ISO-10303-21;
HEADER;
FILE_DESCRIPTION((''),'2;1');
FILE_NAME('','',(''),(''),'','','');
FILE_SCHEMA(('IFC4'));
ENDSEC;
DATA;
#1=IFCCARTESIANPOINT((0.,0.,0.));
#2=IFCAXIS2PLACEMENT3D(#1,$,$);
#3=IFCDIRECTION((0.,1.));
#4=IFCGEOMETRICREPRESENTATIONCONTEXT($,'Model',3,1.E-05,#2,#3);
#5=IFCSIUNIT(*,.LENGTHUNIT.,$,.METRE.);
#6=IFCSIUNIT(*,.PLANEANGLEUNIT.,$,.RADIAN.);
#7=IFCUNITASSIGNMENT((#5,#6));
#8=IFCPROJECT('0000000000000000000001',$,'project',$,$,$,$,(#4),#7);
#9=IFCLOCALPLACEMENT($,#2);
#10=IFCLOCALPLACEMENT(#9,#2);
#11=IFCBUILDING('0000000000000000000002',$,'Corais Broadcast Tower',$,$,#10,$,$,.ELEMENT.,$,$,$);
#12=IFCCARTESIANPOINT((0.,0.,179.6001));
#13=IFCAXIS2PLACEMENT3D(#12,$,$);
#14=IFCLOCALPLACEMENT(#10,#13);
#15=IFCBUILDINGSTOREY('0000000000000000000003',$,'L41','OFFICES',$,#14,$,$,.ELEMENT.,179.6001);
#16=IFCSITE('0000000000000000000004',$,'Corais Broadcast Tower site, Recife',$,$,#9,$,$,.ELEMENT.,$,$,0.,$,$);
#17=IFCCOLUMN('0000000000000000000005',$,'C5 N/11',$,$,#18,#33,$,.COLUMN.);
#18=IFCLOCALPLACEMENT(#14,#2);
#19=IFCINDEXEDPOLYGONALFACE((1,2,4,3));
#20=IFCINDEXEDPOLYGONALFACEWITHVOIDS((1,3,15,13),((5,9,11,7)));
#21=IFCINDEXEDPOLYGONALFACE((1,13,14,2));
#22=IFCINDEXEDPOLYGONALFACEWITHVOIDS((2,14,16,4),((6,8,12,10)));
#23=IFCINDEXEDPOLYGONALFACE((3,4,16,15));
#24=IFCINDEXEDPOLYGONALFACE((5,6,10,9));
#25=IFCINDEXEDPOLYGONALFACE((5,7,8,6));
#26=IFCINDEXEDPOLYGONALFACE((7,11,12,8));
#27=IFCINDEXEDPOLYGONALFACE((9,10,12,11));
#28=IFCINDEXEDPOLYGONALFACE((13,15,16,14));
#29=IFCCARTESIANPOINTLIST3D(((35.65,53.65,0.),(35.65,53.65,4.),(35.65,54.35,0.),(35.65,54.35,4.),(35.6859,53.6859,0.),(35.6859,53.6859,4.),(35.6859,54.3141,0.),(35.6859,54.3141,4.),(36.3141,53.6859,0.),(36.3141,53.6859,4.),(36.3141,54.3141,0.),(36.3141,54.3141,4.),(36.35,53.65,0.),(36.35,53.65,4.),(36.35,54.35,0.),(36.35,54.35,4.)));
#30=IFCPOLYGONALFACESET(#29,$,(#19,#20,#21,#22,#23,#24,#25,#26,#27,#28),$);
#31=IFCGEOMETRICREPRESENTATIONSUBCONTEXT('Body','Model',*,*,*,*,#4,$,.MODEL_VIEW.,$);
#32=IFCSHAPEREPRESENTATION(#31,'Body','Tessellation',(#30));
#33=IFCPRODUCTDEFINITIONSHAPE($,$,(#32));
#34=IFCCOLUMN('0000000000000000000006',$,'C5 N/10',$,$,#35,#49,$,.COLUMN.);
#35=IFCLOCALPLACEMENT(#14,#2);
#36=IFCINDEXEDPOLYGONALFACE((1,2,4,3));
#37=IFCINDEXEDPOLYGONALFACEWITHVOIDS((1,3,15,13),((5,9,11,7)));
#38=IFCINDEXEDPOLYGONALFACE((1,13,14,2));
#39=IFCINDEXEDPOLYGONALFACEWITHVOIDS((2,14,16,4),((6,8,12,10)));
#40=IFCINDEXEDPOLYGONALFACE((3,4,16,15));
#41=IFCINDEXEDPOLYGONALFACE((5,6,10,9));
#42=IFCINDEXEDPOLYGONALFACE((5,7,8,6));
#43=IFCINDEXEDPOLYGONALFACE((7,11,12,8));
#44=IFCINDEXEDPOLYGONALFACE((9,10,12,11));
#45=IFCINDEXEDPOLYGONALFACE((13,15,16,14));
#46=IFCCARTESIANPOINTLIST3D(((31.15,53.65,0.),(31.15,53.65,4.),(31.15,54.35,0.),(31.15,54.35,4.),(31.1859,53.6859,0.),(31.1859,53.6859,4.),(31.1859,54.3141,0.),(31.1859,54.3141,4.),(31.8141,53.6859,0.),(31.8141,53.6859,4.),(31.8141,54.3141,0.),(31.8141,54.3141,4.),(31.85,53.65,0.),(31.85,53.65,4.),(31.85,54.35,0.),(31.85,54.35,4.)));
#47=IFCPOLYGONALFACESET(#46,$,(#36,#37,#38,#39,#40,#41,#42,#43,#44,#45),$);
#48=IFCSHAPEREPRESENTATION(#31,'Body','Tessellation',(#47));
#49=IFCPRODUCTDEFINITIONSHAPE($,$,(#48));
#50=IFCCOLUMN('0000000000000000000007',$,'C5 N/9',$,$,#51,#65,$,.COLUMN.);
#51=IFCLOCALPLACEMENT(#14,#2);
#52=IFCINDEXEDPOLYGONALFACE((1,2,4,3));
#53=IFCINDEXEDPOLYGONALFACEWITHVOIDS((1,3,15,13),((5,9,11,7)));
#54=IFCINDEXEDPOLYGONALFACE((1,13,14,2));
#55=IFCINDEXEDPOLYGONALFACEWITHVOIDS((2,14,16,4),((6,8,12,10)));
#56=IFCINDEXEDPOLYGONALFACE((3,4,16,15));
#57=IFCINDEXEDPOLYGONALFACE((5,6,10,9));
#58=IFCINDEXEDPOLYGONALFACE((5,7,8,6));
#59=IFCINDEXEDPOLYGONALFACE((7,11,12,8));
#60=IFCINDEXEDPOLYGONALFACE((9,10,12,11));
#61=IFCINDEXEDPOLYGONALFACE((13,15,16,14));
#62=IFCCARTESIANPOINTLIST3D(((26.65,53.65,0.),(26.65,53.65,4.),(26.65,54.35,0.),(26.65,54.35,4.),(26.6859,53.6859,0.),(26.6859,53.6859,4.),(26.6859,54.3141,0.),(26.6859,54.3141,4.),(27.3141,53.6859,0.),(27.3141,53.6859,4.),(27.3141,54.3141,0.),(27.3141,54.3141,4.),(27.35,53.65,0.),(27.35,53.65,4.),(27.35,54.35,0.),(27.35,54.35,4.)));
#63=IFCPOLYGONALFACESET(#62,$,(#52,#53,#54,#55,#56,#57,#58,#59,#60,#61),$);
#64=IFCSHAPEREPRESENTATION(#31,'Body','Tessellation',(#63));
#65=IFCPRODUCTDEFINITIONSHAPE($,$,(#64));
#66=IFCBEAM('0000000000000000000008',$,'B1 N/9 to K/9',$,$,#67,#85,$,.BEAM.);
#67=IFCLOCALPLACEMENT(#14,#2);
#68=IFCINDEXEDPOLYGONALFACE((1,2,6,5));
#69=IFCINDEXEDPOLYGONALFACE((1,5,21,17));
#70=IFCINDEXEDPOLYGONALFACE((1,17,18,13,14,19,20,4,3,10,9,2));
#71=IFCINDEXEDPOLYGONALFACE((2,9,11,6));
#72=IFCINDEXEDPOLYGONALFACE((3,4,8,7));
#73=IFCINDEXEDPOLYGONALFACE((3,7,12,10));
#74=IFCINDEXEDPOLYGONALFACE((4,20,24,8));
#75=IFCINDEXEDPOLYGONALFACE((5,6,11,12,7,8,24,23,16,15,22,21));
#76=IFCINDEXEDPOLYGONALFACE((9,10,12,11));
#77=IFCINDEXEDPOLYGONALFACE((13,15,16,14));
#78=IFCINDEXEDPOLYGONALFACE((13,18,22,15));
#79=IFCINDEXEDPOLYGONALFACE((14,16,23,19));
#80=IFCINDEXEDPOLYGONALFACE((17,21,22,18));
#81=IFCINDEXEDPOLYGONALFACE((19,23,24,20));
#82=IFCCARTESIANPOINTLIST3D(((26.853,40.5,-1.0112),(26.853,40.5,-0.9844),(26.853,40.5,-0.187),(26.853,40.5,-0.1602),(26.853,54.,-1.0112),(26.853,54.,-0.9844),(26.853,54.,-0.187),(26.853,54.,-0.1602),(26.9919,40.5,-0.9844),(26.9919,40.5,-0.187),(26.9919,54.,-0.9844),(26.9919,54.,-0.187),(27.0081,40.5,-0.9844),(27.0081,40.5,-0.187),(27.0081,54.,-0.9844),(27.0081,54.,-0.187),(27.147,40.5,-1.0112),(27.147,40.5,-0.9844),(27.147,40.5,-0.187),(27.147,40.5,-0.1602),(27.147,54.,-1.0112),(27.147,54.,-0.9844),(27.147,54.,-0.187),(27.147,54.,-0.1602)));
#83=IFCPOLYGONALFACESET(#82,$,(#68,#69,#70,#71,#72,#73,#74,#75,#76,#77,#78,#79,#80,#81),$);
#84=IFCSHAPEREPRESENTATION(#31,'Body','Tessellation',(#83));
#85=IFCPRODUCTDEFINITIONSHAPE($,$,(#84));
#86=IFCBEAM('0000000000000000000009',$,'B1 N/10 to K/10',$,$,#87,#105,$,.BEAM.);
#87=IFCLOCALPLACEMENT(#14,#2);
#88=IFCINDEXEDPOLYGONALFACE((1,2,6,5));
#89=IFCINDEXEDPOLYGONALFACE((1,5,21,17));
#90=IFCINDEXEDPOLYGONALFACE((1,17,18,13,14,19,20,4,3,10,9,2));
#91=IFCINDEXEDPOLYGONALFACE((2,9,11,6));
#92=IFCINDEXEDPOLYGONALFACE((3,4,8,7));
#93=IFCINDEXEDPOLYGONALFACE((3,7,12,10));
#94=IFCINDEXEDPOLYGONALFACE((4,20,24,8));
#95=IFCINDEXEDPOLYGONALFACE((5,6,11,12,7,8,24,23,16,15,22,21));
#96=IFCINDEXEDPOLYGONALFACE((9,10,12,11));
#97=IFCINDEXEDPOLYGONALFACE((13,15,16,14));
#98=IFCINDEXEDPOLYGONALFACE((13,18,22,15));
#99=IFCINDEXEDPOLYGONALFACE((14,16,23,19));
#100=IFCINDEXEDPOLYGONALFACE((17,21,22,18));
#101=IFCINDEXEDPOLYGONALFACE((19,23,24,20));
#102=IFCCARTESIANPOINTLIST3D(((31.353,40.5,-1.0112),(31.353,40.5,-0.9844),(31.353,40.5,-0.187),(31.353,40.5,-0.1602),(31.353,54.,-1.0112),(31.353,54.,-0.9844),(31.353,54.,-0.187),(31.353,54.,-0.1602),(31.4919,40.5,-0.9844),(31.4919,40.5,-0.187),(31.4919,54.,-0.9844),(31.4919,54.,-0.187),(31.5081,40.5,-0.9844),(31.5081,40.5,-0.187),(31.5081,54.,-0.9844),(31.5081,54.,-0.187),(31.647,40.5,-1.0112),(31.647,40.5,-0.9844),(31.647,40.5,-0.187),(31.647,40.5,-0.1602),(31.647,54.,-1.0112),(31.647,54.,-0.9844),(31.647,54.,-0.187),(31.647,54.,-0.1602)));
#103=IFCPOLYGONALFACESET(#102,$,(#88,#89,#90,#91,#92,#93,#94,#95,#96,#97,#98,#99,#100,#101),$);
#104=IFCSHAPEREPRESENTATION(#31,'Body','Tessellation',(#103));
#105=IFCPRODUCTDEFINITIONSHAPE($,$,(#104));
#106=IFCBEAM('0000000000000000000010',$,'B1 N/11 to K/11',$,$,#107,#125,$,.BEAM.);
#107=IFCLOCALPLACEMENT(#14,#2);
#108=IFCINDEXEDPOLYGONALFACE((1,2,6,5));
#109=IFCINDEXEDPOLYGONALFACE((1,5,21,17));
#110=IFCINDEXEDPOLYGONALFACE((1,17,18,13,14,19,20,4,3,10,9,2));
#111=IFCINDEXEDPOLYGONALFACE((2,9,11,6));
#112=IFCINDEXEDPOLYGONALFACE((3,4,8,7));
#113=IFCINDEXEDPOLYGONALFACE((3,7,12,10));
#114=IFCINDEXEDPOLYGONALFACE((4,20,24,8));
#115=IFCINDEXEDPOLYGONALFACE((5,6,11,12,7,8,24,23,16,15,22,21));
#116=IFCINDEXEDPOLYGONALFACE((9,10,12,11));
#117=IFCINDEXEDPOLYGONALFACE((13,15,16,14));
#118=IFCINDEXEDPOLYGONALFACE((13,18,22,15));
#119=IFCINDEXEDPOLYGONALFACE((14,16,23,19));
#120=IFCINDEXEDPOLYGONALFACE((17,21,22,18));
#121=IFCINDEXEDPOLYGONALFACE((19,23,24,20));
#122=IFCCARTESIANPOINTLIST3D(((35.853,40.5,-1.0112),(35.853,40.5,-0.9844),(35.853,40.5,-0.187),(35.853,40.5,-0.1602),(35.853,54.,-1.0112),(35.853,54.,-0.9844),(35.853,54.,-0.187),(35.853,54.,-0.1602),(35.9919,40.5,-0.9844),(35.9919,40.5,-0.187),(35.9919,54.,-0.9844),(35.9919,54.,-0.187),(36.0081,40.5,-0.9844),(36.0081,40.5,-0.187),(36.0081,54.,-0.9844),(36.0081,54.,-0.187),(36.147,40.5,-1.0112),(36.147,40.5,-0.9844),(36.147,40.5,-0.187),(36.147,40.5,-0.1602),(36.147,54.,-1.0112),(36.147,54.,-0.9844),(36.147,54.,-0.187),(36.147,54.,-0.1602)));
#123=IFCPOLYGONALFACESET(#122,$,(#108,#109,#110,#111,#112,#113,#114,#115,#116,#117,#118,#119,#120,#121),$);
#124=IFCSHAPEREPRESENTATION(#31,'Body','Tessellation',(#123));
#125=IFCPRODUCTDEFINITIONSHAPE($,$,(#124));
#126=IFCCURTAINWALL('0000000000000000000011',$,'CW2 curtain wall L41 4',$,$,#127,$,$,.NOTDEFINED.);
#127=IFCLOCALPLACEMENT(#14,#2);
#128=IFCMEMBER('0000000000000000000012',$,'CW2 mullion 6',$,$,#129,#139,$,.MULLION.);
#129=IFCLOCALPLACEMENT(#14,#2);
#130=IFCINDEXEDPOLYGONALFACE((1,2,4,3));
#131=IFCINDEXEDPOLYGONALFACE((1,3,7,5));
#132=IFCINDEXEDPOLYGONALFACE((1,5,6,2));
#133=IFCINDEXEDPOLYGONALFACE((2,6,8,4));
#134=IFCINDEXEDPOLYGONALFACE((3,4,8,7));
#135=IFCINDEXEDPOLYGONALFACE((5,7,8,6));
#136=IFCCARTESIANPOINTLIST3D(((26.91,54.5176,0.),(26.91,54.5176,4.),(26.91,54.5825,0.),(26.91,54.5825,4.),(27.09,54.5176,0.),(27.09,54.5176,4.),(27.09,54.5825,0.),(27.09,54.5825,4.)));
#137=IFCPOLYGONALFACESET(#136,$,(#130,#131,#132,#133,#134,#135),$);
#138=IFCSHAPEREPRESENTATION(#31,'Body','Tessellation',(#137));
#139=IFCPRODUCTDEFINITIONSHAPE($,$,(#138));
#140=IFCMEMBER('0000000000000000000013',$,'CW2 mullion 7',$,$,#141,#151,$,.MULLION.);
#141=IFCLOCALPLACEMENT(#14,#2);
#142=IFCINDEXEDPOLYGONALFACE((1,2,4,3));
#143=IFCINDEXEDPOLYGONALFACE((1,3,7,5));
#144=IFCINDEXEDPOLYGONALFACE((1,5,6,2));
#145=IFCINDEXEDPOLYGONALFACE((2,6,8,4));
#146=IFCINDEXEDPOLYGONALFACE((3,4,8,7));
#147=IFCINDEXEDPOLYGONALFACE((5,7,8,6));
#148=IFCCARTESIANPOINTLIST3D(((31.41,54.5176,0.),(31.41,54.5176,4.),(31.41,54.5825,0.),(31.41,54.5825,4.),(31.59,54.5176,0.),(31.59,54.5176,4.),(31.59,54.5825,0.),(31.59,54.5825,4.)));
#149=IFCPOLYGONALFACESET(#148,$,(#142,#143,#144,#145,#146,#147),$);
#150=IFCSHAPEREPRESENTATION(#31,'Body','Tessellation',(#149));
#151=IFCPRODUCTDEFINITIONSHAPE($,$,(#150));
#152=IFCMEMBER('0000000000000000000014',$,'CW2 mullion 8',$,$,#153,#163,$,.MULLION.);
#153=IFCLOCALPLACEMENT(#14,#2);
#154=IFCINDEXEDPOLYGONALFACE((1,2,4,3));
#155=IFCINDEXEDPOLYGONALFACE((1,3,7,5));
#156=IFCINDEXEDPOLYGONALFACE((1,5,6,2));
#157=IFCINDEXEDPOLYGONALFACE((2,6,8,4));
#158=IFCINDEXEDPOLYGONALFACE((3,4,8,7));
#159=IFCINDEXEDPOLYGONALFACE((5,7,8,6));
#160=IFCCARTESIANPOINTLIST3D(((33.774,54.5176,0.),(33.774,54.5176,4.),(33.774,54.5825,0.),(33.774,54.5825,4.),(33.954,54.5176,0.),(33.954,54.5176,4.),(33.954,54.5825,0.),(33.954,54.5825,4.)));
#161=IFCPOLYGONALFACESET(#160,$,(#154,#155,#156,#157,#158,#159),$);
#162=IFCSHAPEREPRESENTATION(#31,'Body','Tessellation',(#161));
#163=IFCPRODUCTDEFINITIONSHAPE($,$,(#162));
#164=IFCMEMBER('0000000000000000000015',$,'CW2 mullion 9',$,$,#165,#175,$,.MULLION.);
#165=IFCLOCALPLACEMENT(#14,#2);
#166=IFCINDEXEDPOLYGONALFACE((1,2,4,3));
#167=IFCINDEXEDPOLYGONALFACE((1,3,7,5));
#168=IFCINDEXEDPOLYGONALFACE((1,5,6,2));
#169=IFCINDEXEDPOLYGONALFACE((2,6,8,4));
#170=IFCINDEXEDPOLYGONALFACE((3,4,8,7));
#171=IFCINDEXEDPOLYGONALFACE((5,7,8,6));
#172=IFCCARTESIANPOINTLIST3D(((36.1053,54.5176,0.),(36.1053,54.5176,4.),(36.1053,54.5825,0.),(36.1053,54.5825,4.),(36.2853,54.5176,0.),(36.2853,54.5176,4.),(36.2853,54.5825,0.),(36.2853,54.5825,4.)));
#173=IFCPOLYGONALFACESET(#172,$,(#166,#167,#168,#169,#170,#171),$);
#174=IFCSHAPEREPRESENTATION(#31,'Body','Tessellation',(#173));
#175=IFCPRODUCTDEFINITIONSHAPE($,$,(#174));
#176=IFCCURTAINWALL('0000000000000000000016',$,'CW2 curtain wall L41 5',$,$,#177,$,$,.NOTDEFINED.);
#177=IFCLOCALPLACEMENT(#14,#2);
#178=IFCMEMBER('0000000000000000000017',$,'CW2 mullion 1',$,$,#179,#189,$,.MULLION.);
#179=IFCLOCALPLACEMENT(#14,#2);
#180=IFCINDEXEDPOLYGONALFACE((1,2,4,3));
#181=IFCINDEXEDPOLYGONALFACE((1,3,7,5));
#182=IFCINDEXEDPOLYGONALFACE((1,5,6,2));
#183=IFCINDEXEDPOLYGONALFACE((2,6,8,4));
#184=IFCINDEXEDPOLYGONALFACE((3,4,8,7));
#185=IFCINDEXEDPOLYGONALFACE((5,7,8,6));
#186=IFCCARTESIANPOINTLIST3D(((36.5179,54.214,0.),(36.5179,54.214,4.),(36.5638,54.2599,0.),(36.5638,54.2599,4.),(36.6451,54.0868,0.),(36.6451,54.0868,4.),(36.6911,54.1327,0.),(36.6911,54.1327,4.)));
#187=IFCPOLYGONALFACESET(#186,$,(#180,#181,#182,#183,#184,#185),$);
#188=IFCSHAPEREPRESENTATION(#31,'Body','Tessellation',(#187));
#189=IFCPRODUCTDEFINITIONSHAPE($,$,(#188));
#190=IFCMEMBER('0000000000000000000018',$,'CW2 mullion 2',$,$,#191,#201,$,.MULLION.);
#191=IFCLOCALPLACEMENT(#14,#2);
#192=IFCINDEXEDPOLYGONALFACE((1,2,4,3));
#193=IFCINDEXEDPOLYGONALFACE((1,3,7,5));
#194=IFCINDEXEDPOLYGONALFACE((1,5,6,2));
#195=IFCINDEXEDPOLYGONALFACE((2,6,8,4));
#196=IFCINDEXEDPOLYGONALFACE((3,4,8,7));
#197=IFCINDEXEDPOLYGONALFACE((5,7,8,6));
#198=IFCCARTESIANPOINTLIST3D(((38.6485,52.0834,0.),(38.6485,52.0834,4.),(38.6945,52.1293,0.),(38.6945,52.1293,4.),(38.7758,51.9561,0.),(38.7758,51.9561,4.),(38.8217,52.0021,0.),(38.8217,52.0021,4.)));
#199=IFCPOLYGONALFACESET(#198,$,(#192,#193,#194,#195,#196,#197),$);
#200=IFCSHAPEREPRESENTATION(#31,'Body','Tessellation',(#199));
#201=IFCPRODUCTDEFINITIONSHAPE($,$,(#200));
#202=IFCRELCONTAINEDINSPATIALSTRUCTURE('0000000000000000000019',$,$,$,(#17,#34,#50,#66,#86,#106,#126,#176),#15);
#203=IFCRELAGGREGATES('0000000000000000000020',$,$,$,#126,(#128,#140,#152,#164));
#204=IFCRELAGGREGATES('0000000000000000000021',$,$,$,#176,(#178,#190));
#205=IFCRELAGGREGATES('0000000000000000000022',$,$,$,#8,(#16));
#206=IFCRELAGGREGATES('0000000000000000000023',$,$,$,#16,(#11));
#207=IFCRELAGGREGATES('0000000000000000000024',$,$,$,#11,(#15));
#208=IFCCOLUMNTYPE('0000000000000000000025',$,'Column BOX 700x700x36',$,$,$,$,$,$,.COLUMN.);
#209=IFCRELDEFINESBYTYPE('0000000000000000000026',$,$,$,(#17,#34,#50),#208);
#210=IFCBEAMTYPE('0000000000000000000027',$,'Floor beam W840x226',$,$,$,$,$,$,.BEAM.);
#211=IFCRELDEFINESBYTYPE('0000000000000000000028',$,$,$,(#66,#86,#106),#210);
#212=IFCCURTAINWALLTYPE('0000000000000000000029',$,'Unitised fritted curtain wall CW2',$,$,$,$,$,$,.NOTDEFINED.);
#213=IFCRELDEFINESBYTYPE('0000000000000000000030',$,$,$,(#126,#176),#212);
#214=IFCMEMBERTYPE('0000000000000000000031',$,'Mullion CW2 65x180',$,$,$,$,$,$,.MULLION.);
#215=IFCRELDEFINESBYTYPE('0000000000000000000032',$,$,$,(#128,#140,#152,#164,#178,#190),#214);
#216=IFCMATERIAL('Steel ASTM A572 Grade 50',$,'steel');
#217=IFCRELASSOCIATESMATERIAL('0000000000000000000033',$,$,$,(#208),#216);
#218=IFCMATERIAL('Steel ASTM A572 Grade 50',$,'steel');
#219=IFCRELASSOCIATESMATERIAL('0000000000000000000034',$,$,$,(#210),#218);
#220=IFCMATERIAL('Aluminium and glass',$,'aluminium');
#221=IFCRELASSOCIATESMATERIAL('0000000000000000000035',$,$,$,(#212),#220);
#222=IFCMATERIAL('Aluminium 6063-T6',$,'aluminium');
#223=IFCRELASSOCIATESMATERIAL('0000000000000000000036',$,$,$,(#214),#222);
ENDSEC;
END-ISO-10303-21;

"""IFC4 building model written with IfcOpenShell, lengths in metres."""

from ifc_helpers import new_model, si_unit, direction, frame, origin, origin_2d, place, context, subcontext, project, spatial, rectangle, hollow_rectangle, i_section, extrude, material, material_profile, profile_set, type_object, element, aggregate, save


model = new_model("IFC4")

# Units and contexts
model_context = context("Model", 3, precision=1e-05, world=origin(), true_north=direction((0.0, 1.0)))
body_context = subcontext(model_context, "Body", "Model", "MODEL_VIEW")
ifc_project = project(units=[si_unit("LENGTHUNIT", "METRE"), si_unit("PLANEANGLEUNIT", "RADIAN")], contexts=[model_context])

# Site, building, storey
site_placement = place(None, origin())
site = spatial("IfcSite", under=ifc_project, at=site_placement, Name="Corais Broadcast Tower site, Recife", CompositionType="ELEMENT", RefElevation=0.0)
building_placement = place(site_placement, origin())
building = spatial("IfcBuilding", under=site, at=building_placement, Name="Corais Broadcast Tower", CompositionType="ELEMENT")
storey_placement = place(building_placement, frame((0.0, 0.0, 179.6001)))
storey = spatial("IfcBuildingStorey", under=building, at=storey_placement, Name="L41", Description="OFFICES", CompositionType="ELEMENT", Elevation=179.6001)

# Columns
ifc_material_1 = material(Name="Steel ASTM A572 Grade 50", Category="steel")
ifc_material_profile_1 = material_profile(ifc_material_1, hollow_rectangle(XDim=0.7, YDim=0.7, WallThickness=0.0359, at=origin_2d()), Name="BOX 700x700x36")
ifc_profile_set_1 = profile_set([ifc_material_profile_1], Name="Steel ASTM A572 Grade 50")
column_type = type_object("IfcColumnType", Name="Column BOX 700x700x36", PredefinedType="COLUMN", material=ifc_profile_set_1)
for number, where, z_axis, x_axis, name in (
    (1, (36.0, 54.0, 0.0), (0.0, 0.0, 1.0), (1.0, 0.0, 0.0), "C5 N/11"),
    (2, (31.5, 54.0, 0.0), (0.0, 0.0, 1.0), (1.0, 0.0, 0.0), "C5 N/10"),
    (3, (27.0, 54.0, 0.0), (0.0, 0.0, 1.0), (1.0, 0.0, 0.0), "C5 N/9"),
):
    element("IfcColumn", number, at=place(storey_placement, frame(where, z_axis=z_axis, x_axis=x_axis)), inside=storey, type_object=column_type, Name=name, PredefinedType="COLUMN", context=body_context, shape_type="SweptSolid", body=[
        extrude(hollow_rectangle(XDim=0.7, YDim=0.7, WallThickness=0.0359, at=origin_2d()), origin(), (0.0, 0.0, 1.0), 4.0),
    ])

# Beams
ifc_material_2 = material(Name="Steel ASTM A572 Grade 50", Category="steel")
ifc_material_profile_2 = material_profile(ifc_material_2, i_section(OverallWidth=0.2939, OverallDepth=0.8511, WebThickness=0.0161, FlangeThickness=0.0269, at=origin_2d()), Name="W840x226")
ifc_profile_set_2 = profile_set([ifc_material_profile_2], Name="Steel ASTM A572 Grade 50")
beam_type_1 = type_object("IfcBeamType", Name="Floor beam W840x226", PredefinedType="BEAM", material=ifc_profile_set_2)
for number, where, z_axis, x_axis, name in (
    (4, (27.0, 54.0, -0.5857), (0.0, -1.0, 0.0), (1.0, 0.0, 0.0), "B1 N/9 to K/9"),
    (5, (31.5, 54.0, -0.5857), (0.0, -1.0, 0.0), (1.0, 0.0, 0.0), "B1 N/10 to K/10"),
    (6, (36.0, 54.0, -0.5857), (0.0, -1.0, 0.0), (1.0, 0.0, 0.0), "B1 N/11 to K/11"),
):
    element("IfcBeam", number, at=place(storey_placement, frame(where, z_axis=z_axis, x_axis=x_axis)), inside=storey, type_object=beam_type_1, Name=name, PredefinedType="BEAM", context=body_context, shape_type="SweptSolid", body=[
        extrude(i_section(OverallWidth=0.2939, OverallDepth=0.8511, WebThickness=0.0161, FlangeThickness=0.0269, at=origin_2d()), origin(), (0.0, 0.0, 1.0), 13.5),
    ])

# Curtain walls, members
ifc_material_3 = material(Name="Aluminium and glass", Category="aluminium")
curtain_wall_type = type_object("IfcCurtainWallType", Name="Unitised fritted curtain wall CW2", PredefinedType="NOTDEFINED", material=ifc_material_3)
curtain_wall_1_placement = place(storey_placement, origin())
curtain_wall_1 = element("IfcCurtainWall", 7, at=curtain_wall_1_placement, inside=storey, type_object=curtain_wall_type, Name="CW2 curtain wall L41 4", PredefinedType="NOTDEFINED")
ifc_material_4 = material(Name="Aluminium 6063-T6", Category="aluminium")
ifc_material_profile_3 = material_profile(ifc_material_4, rectangle(XDim=0.0649, YDim=0.1799, at=origin_2d()), Name="Mullion CW2 65x180")
ifc_profile_set_3 = profile_set([ifc_material_profile_3], Name="Aluminium 6063-T6")
member_type_1 = type_object("IfcMemberType", Name="Mullion CW2 65x180", PredefinedType="MULLION", material=ifc_profile_set_3)
member_1_placement = place(storey_placement, frame((27.0, 54.55, 0.0), z_axis=(0.0, 0.0, 1.0), x_axis=(0.0, 1.0, 0.0)))
member_1 = element("IfcMember", 8, at=member_1_placement, type_object=member_type_1, Name="CW2 mullion 6", PredefinedType="MULLION", context=body_context, shape_type="SweptSolid", body=[
    extrude(rectangle(XDim=0.0649, YDim=0.1799, at=origin_2d()), origin(), (0.0, 0.0, 1.0), 4.0),
])
member_2_placement = place(storey_placement, frame((31.5, 54.55, 0.0), z_axis=(0.0, 0.0, 1.0), x_axis=(0.0, 1.0, 0.0)))
member_2 = element("IfcMember", 9, at=member_2_placement, type_object=member_type_1, Name="CW2 mullion 7", PredefinedType="MULLION", context=body_context, shape_type="SweptSolid", body=[
    extrude(rectangle(XDim=0.0649, YDim=0.1799, at=origin_2d()), origin(), (0.0, 0.0, 1.0), 4.0),
])
member_3_placement = place(storey_placement, frame((33.864, 54.55, 0.0), z_axis=(0.0, 0.0, 1.0), x_axis=(0.0, 1.0, 0.0)))
member_3 = element("IfcMember", 10, at=member_3_placement, type_object=member_type_1, Name="CW2 mullion 8", PredefinedType="MULLION", context=body_context, shape_type="SweptSolid", body=[
    extrude(rectangle(XDim=0.0649, YDim=0.1799, at=origin_2d()), origin(), (0.0, 0.0, 1.0), 4.0),
])
member_4_placement = place(storey_placement, frame((36.1953, 54.55, 0.0), z_axis=(0.0, 0.0, 1.0), x_axis=(0.0, 1.0, 0.0)))
member_4 = element("IfcMember", 11, at=member_4_placement, type_object=member_type_1, Name="CW2 mullion 9", PredefinedType="MULLION", context=body_context, shape_type="SweptSolid", body=[
    extrude(rectangle(XDim=0.0649, YDim=0.1799, at=origin_2d()), origin(), (0.0, 0.0, 1.0), 4.0),
])
curtain_wall_2_placement = place(storey_placement, origin())
curtain_wall_2 = element("IfcCurtainWall", 12, at=curtain_wall_2_placement, inside=storey, type_object=curtain_wall_type, Name="CW2 curtain wall L41 5", PredefinedType="NOTDEFINED")
member_5_placement = place(storey_placement, frame((36.6045, 54.1733, 0.0), z_axis=(0.0, 0.0, 1.0), x_axis=(0.707107, 0.707107, 0.0)))
member_5 = element("IfcMember", 13, at=member_5_placement, type_object=member_type_1, Name="CW2 mullion 1", PredefinedType="MULLION", context=body_context, shape_type="SweptSolid", body=[
    extrude(rectangle(XDim=0.0649, YDim=0.1799, at=origin_2d()), origin(), (0.0, 0.0, 1.0), 4.0),
])
member_6_placement = place(storey_placement, frame((38.7351, 52.0427, 0.0), z_axis=(0.0, 0.0, 1.0), x_axis=(0.707107, 0.707107, 0.0)))
member_6 = element("IfcMember", 14, at=member_6_placement, type_object=member_type_1, Name="CW2 mullion 2", PredefinedType="MULLION", context=body_context, shape_type="SweptSolid", body=[
    extrude(rectangle(XDim=0.0649, YDim=0.1799, at=origin_2d()), origin(), (0.0, 0.0, 1.0), 4.0),
])

aggregate(curtain_wall_1, [member_1, member_2, member_3, member_4])
aggregate(curtain_wall_2, [member_5, member_6])

save(model, "model.ifc")
